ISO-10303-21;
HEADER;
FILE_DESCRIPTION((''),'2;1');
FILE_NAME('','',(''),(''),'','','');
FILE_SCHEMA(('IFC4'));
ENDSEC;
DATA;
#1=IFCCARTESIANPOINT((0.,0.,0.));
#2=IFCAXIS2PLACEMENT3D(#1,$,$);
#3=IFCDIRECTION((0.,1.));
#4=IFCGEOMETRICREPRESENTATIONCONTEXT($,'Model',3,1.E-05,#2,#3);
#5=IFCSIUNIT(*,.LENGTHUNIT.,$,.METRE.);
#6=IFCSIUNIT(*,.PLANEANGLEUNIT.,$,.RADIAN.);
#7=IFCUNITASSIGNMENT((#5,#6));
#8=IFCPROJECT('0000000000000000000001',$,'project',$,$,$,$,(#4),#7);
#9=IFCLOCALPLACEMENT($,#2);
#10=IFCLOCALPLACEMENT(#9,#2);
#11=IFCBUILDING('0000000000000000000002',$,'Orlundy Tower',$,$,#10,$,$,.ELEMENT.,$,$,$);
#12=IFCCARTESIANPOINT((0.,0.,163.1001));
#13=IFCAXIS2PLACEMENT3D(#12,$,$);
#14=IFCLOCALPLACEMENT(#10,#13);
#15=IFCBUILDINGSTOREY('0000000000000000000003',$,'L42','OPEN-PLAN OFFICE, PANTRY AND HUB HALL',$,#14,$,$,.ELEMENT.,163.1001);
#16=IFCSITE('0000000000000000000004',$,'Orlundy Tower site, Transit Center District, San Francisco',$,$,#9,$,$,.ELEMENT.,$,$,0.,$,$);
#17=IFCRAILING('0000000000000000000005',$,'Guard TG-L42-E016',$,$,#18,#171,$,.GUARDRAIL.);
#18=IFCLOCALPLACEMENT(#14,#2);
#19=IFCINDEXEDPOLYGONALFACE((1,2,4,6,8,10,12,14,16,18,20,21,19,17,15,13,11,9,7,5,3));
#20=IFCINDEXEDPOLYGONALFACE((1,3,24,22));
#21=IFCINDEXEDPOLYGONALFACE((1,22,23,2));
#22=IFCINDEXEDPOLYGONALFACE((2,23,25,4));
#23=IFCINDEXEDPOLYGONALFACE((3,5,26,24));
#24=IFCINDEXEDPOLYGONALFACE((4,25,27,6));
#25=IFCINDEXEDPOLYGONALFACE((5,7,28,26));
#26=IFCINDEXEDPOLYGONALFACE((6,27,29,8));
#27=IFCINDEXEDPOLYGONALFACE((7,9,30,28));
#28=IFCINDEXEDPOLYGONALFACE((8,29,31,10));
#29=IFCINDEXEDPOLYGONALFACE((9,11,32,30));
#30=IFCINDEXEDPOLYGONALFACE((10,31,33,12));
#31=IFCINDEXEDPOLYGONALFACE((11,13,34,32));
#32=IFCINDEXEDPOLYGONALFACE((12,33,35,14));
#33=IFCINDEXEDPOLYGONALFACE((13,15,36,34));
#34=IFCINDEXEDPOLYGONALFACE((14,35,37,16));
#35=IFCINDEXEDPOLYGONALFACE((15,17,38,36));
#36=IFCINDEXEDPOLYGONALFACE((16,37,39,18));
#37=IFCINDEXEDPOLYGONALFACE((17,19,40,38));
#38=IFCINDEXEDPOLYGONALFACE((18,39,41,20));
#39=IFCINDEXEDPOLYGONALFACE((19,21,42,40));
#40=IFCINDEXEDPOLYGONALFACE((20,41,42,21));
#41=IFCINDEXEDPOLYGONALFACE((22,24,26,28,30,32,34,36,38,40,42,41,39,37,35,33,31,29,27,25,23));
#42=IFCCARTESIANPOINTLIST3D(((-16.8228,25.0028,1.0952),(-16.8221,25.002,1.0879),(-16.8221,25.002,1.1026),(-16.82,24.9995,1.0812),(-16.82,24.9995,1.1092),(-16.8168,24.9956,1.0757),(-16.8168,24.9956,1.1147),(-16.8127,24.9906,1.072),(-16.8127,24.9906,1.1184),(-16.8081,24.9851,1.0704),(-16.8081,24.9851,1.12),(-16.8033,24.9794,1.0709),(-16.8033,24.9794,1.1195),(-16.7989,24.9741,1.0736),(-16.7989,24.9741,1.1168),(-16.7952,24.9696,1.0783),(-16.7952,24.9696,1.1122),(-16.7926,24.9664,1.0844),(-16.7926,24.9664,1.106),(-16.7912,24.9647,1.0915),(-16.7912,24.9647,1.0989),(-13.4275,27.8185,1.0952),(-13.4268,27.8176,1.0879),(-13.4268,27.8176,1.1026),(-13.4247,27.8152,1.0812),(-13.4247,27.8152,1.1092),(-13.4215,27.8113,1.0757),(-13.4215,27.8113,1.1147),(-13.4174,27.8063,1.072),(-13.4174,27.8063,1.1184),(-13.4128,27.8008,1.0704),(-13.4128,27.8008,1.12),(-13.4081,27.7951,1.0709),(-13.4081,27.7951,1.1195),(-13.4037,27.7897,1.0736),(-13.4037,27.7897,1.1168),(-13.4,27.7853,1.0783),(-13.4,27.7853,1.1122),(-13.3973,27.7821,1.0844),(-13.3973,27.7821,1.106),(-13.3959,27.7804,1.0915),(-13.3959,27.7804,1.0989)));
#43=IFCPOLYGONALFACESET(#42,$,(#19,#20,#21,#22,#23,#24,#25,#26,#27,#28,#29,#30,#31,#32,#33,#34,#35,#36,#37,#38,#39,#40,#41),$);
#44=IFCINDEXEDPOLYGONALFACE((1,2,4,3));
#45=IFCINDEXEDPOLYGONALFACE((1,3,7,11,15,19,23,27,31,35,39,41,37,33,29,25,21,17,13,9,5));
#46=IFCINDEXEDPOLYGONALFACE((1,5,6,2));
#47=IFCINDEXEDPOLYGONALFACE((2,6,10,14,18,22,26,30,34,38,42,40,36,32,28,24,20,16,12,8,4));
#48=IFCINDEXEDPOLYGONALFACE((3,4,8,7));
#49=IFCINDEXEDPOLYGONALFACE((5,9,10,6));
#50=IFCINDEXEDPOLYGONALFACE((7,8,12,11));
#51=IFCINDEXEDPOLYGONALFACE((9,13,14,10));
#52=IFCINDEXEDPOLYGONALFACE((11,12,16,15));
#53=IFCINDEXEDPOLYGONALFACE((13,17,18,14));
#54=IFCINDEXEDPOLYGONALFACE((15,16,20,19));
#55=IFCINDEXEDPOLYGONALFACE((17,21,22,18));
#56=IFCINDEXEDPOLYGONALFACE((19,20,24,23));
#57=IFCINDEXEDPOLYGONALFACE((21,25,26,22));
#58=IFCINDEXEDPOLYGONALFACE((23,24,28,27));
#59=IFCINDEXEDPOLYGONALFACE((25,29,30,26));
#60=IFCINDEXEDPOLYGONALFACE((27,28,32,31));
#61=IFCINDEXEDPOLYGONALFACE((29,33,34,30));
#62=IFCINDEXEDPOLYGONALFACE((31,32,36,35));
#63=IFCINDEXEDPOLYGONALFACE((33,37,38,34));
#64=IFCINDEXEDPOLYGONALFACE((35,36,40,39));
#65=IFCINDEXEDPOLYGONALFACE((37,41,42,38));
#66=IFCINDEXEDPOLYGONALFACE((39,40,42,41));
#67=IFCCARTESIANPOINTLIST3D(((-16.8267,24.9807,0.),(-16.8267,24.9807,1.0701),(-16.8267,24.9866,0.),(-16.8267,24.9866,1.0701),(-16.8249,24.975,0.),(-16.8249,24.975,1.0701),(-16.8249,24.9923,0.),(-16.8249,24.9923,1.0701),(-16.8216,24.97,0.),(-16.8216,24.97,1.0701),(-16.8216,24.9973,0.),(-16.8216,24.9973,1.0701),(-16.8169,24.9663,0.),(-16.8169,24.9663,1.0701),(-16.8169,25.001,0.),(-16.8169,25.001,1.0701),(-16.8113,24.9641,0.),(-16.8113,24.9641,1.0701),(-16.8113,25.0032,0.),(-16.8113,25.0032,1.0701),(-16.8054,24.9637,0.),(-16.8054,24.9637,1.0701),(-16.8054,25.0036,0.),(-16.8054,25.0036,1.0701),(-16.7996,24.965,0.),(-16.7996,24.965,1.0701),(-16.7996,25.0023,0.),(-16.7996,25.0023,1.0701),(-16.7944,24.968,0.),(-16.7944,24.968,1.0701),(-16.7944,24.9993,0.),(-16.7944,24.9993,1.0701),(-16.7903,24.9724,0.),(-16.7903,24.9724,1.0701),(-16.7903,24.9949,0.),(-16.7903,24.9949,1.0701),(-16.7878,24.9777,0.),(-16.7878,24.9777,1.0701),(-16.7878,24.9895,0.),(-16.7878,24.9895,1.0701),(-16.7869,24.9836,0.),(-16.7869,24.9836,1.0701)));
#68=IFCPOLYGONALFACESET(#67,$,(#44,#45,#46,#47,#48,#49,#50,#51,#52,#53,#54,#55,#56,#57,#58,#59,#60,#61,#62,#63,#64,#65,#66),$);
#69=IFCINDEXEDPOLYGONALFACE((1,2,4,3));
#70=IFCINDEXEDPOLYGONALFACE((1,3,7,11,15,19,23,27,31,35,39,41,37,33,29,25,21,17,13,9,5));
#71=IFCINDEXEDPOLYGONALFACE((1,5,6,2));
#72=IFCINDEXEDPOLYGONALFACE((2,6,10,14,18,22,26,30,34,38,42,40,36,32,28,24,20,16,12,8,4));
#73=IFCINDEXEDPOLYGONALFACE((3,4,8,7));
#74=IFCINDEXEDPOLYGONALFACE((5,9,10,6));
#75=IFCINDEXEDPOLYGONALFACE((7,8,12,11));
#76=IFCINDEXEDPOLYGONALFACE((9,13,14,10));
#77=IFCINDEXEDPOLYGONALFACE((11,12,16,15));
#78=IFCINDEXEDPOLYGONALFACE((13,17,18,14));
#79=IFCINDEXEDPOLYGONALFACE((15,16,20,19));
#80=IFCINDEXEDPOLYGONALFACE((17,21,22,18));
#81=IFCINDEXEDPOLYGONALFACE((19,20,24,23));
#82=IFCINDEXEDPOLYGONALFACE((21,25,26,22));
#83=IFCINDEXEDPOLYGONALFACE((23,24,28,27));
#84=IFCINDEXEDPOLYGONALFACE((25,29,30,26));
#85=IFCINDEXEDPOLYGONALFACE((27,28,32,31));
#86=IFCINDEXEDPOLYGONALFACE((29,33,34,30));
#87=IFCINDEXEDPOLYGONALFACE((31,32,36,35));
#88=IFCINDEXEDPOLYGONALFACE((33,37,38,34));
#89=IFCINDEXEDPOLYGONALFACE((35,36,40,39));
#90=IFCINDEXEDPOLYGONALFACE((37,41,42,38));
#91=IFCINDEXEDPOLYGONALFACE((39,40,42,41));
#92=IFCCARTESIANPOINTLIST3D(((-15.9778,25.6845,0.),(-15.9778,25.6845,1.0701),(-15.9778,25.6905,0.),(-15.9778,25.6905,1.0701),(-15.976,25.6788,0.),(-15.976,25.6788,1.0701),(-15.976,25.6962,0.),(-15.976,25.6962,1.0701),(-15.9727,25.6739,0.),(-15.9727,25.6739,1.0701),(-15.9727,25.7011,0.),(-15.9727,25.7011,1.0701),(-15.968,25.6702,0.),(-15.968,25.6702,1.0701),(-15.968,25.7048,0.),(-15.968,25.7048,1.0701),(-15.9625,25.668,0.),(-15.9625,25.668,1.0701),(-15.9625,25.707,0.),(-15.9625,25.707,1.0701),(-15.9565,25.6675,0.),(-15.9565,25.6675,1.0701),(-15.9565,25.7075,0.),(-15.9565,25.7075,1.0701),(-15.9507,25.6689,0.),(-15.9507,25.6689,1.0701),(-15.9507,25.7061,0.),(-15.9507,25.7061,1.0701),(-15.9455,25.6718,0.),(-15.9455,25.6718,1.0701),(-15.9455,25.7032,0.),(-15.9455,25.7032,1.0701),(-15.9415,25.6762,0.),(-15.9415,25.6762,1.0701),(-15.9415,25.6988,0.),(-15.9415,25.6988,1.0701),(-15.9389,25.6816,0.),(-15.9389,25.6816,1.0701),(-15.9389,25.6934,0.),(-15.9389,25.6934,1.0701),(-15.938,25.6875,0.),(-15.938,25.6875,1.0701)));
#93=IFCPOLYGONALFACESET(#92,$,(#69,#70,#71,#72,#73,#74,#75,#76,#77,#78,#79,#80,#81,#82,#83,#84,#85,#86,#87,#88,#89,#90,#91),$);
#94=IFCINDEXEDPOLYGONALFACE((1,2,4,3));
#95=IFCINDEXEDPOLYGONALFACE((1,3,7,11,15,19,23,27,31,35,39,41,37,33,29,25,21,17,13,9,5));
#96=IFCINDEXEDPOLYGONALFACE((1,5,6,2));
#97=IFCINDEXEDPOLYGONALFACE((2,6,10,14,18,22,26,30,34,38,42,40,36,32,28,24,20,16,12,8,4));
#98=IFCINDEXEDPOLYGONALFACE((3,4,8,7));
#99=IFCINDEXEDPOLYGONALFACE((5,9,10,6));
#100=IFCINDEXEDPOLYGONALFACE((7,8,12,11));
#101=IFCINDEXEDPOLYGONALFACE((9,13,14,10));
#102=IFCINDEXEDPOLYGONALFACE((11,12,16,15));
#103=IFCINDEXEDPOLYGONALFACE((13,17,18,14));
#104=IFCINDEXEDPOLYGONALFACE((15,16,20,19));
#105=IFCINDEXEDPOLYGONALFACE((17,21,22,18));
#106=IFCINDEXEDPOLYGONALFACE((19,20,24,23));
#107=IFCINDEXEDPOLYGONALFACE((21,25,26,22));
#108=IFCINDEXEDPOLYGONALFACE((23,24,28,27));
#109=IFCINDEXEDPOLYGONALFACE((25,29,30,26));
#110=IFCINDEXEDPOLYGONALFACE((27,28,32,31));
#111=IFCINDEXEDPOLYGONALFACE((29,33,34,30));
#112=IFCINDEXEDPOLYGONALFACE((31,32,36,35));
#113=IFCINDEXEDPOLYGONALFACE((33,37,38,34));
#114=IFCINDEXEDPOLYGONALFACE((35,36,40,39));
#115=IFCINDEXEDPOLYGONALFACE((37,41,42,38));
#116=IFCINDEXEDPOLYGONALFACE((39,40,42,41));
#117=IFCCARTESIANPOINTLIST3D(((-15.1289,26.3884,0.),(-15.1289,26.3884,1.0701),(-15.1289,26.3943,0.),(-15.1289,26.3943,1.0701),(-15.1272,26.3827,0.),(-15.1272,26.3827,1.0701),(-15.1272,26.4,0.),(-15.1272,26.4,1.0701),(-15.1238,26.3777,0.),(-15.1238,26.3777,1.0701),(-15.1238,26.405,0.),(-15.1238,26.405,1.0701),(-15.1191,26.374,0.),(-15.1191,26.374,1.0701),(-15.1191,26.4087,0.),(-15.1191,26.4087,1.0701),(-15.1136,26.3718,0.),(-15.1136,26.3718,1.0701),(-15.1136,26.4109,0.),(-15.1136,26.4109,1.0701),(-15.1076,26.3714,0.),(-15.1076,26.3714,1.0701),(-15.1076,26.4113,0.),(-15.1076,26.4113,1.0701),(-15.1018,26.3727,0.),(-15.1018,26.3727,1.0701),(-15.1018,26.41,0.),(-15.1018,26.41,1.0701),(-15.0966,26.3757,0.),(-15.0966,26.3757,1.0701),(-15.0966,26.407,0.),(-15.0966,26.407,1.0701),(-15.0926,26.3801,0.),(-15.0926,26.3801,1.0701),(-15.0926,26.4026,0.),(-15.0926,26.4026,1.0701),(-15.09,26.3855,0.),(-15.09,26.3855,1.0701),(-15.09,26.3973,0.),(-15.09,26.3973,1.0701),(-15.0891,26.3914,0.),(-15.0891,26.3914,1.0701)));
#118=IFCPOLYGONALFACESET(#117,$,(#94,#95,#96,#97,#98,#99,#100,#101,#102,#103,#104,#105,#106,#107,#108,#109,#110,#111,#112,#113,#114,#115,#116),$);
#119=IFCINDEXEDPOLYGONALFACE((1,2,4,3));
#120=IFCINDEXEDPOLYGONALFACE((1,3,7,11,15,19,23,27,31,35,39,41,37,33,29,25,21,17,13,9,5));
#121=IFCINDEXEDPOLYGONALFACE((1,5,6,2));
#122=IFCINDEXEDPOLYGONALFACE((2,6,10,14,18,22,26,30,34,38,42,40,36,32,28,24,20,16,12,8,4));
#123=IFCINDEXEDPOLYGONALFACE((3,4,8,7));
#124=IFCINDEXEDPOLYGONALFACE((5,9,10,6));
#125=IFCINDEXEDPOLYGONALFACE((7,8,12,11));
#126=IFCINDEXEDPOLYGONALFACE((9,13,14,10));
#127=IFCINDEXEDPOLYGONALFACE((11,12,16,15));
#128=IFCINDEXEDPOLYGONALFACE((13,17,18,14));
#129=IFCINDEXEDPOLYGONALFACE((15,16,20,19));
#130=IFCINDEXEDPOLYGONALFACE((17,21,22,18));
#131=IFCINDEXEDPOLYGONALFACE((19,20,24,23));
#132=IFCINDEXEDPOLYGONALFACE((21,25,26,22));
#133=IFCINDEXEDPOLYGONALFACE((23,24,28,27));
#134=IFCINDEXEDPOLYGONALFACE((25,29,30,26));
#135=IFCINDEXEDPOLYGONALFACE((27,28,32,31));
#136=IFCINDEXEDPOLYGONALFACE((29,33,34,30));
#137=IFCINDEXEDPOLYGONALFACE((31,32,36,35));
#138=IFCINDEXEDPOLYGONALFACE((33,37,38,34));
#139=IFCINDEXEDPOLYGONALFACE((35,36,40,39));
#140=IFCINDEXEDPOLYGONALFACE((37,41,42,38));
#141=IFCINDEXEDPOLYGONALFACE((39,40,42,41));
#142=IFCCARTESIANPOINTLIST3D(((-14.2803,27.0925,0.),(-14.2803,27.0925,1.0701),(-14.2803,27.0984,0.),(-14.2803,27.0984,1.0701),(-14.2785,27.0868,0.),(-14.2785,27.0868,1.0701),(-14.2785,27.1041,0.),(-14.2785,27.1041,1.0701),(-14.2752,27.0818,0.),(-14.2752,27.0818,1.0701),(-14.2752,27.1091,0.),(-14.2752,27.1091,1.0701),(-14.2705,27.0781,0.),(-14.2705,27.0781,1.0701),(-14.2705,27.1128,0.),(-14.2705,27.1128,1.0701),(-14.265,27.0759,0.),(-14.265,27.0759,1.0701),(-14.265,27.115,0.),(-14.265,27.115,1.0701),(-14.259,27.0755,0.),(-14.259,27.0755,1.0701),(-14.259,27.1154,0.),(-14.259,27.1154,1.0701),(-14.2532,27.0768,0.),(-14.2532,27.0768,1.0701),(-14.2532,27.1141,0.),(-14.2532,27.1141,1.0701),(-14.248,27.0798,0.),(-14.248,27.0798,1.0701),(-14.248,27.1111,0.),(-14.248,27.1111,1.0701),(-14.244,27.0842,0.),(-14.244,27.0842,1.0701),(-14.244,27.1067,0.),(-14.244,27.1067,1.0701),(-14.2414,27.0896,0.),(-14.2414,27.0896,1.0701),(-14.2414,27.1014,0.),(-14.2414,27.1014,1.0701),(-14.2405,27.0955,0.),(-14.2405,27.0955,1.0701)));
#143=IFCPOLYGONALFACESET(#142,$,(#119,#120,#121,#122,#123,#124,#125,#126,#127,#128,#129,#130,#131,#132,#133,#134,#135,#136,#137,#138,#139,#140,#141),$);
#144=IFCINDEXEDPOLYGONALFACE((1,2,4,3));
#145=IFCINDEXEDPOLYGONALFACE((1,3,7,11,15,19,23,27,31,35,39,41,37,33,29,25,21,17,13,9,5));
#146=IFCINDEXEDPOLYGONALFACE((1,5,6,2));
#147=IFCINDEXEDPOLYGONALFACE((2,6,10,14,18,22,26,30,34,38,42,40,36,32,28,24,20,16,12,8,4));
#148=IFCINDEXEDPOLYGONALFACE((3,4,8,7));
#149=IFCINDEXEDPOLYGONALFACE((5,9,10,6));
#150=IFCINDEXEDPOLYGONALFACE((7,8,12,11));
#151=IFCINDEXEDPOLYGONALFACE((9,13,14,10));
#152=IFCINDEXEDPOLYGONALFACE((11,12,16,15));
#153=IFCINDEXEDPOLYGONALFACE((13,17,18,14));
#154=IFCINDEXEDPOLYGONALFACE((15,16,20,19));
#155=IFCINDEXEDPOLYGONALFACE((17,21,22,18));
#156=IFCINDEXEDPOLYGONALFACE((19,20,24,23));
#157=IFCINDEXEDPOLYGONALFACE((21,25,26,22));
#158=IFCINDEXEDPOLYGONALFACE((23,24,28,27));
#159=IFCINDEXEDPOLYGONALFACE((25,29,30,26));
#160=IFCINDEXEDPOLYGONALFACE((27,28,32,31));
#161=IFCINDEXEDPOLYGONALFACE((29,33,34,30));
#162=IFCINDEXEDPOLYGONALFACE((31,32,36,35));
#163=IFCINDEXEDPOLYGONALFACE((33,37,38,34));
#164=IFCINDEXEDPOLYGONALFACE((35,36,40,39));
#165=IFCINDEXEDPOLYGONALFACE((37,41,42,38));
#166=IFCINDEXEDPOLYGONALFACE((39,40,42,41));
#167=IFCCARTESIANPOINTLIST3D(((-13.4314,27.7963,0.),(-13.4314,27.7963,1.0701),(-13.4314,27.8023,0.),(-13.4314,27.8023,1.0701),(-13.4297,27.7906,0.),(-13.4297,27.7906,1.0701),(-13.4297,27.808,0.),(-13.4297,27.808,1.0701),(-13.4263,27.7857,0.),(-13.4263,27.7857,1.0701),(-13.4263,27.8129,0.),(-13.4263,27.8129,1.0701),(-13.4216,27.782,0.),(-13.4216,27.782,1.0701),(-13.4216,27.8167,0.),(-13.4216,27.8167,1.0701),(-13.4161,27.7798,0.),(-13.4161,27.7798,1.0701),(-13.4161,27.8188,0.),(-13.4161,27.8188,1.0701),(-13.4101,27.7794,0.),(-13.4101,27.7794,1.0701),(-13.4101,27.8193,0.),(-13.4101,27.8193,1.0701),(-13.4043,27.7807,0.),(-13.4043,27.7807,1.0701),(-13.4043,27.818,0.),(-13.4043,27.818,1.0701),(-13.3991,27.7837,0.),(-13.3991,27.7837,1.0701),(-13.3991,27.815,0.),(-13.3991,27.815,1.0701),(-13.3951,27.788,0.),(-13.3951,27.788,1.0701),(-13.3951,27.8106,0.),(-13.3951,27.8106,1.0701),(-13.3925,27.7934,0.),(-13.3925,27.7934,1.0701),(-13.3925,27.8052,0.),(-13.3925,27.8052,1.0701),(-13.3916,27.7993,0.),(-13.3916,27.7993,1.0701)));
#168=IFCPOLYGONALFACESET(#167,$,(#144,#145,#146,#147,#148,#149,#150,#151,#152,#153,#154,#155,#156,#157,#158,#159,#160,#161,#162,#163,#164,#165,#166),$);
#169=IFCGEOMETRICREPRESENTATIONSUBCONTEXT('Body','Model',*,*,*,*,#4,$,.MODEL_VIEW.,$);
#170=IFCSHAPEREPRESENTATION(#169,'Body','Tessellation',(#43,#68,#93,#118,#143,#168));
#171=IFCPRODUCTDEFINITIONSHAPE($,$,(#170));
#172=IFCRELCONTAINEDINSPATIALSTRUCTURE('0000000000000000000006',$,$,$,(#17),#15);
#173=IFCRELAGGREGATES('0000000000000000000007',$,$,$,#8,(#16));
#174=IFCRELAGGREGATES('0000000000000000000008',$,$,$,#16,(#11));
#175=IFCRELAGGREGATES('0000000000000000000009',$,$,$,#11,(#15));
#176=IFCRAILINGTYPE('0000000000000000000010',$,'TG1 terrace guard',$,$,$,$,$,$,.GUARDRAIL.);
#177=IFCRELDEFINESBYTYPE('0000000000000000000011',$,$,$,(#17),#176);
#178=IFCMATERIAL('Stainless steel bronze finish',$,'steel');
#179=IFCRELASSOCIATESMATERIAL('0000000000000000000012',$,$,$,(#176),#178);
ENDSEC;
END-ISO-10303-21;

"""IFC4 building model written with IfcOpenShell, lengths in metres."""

from ifc_helpers import new_model, si_unit, direction, frame, origin, origin_2d, place, context, subcontext, project, spatial, circle, extrude, material, type_object, element, save


model = new_model("IFC4")

# Units and contexts
model_context = context("Model", 3, precision=1e-05, world=origin(), true_north=direction((0.0, 1.0)))
body_context = subcontext(model_context, "Body", "Model", "MODEL_VIEW")
ifc_project = project(units=[si_unit("LENGTHUNIT", "METRE"), si_unit("PLANEANGLEUNIT", "RADIAN")], contexts=[model_context])

# Site, building, storey
site_placement = place(None, origin())
site = spatial("IfcSite", under=ifc_project, at=site_placement, Name="Orlundy Tower site, Transit Center District, San Francisco", CompositionType="ELEMENT", RefElevation=0.0)
building_placement = place(site_placement, origin())
building = spatial("IfcBuilding", under=site, at=building_placement, Name="Orlundy Tower", CompositionType="ELEMENT")
storey_placement = place(building_placement, frame((0.0, 0.0, 163.1001)))
storey = spatial("IfcBuildingStorey", under=building, at=storey_placement, Name="L42", Description="OPEN-PLAN OFFICE, PANTRY AND HUB HALL", CompositionType="ELEMENT", Elevation=163.1001)

# Railing
ifc_material_1 = material(Name="Stainless steel bronze finish", Category="steel")
railing_type = type_object("IfcRailingType", Name="TG1 terrace guard", PredefinedType="GUARDRAIL", material=ifc_material_1)
railing_1_placement = place(storey_placement, frame((-16.8069, 24.9836, 0.0)))
element("IfcRailing", 1, at=railing_1_placement, inside=storey, type_object=railing_type, Name="Guard TG-L42-E016", PredefinedType="GUARDRAIL", context=body_context, shape_type="SweptSolid", body=[
    extrude(circle(Radius=0.0249, at=origin_2d()), frame((0.0, 0.0, 1.0952), z_axis=(0.769748, 0.638348, 0.0), x_axis=(-0.638348, 0.769748, 0.0)), (0.0, 0.0, 1.0), 4.4109),
    extrude(circle(Radius=0.02, at=origin_2d()), origin(), (0.0, 0.0, 1.0), 1.0701),
    extrude(circle(Radius=0.02, at=origin_2d()), frame((0.8489, 0.7039, 0.0)), (0.0, 0.0, 1.0), 1.0701),
    extrude(circle(Radius=0.02, at=origin_2d()), frame((1.6978, 1.4077, 0.0)), (0.0, 0.0, 1.0), 1.0701),
    extrude(circle(Radius=0.02, at=origin_2d()), frame((2.5464, 2.1118, 0.0)), (0.0, 0.0, 1.0), 1.0701),
    extrude(circle(Radius=0.02, at=origin_2d()), frame((3.3953, 2.8157, 0.0)), (0.0, 0.0, 1.0), 1.0701),
])

save(model, "model.ifc")
